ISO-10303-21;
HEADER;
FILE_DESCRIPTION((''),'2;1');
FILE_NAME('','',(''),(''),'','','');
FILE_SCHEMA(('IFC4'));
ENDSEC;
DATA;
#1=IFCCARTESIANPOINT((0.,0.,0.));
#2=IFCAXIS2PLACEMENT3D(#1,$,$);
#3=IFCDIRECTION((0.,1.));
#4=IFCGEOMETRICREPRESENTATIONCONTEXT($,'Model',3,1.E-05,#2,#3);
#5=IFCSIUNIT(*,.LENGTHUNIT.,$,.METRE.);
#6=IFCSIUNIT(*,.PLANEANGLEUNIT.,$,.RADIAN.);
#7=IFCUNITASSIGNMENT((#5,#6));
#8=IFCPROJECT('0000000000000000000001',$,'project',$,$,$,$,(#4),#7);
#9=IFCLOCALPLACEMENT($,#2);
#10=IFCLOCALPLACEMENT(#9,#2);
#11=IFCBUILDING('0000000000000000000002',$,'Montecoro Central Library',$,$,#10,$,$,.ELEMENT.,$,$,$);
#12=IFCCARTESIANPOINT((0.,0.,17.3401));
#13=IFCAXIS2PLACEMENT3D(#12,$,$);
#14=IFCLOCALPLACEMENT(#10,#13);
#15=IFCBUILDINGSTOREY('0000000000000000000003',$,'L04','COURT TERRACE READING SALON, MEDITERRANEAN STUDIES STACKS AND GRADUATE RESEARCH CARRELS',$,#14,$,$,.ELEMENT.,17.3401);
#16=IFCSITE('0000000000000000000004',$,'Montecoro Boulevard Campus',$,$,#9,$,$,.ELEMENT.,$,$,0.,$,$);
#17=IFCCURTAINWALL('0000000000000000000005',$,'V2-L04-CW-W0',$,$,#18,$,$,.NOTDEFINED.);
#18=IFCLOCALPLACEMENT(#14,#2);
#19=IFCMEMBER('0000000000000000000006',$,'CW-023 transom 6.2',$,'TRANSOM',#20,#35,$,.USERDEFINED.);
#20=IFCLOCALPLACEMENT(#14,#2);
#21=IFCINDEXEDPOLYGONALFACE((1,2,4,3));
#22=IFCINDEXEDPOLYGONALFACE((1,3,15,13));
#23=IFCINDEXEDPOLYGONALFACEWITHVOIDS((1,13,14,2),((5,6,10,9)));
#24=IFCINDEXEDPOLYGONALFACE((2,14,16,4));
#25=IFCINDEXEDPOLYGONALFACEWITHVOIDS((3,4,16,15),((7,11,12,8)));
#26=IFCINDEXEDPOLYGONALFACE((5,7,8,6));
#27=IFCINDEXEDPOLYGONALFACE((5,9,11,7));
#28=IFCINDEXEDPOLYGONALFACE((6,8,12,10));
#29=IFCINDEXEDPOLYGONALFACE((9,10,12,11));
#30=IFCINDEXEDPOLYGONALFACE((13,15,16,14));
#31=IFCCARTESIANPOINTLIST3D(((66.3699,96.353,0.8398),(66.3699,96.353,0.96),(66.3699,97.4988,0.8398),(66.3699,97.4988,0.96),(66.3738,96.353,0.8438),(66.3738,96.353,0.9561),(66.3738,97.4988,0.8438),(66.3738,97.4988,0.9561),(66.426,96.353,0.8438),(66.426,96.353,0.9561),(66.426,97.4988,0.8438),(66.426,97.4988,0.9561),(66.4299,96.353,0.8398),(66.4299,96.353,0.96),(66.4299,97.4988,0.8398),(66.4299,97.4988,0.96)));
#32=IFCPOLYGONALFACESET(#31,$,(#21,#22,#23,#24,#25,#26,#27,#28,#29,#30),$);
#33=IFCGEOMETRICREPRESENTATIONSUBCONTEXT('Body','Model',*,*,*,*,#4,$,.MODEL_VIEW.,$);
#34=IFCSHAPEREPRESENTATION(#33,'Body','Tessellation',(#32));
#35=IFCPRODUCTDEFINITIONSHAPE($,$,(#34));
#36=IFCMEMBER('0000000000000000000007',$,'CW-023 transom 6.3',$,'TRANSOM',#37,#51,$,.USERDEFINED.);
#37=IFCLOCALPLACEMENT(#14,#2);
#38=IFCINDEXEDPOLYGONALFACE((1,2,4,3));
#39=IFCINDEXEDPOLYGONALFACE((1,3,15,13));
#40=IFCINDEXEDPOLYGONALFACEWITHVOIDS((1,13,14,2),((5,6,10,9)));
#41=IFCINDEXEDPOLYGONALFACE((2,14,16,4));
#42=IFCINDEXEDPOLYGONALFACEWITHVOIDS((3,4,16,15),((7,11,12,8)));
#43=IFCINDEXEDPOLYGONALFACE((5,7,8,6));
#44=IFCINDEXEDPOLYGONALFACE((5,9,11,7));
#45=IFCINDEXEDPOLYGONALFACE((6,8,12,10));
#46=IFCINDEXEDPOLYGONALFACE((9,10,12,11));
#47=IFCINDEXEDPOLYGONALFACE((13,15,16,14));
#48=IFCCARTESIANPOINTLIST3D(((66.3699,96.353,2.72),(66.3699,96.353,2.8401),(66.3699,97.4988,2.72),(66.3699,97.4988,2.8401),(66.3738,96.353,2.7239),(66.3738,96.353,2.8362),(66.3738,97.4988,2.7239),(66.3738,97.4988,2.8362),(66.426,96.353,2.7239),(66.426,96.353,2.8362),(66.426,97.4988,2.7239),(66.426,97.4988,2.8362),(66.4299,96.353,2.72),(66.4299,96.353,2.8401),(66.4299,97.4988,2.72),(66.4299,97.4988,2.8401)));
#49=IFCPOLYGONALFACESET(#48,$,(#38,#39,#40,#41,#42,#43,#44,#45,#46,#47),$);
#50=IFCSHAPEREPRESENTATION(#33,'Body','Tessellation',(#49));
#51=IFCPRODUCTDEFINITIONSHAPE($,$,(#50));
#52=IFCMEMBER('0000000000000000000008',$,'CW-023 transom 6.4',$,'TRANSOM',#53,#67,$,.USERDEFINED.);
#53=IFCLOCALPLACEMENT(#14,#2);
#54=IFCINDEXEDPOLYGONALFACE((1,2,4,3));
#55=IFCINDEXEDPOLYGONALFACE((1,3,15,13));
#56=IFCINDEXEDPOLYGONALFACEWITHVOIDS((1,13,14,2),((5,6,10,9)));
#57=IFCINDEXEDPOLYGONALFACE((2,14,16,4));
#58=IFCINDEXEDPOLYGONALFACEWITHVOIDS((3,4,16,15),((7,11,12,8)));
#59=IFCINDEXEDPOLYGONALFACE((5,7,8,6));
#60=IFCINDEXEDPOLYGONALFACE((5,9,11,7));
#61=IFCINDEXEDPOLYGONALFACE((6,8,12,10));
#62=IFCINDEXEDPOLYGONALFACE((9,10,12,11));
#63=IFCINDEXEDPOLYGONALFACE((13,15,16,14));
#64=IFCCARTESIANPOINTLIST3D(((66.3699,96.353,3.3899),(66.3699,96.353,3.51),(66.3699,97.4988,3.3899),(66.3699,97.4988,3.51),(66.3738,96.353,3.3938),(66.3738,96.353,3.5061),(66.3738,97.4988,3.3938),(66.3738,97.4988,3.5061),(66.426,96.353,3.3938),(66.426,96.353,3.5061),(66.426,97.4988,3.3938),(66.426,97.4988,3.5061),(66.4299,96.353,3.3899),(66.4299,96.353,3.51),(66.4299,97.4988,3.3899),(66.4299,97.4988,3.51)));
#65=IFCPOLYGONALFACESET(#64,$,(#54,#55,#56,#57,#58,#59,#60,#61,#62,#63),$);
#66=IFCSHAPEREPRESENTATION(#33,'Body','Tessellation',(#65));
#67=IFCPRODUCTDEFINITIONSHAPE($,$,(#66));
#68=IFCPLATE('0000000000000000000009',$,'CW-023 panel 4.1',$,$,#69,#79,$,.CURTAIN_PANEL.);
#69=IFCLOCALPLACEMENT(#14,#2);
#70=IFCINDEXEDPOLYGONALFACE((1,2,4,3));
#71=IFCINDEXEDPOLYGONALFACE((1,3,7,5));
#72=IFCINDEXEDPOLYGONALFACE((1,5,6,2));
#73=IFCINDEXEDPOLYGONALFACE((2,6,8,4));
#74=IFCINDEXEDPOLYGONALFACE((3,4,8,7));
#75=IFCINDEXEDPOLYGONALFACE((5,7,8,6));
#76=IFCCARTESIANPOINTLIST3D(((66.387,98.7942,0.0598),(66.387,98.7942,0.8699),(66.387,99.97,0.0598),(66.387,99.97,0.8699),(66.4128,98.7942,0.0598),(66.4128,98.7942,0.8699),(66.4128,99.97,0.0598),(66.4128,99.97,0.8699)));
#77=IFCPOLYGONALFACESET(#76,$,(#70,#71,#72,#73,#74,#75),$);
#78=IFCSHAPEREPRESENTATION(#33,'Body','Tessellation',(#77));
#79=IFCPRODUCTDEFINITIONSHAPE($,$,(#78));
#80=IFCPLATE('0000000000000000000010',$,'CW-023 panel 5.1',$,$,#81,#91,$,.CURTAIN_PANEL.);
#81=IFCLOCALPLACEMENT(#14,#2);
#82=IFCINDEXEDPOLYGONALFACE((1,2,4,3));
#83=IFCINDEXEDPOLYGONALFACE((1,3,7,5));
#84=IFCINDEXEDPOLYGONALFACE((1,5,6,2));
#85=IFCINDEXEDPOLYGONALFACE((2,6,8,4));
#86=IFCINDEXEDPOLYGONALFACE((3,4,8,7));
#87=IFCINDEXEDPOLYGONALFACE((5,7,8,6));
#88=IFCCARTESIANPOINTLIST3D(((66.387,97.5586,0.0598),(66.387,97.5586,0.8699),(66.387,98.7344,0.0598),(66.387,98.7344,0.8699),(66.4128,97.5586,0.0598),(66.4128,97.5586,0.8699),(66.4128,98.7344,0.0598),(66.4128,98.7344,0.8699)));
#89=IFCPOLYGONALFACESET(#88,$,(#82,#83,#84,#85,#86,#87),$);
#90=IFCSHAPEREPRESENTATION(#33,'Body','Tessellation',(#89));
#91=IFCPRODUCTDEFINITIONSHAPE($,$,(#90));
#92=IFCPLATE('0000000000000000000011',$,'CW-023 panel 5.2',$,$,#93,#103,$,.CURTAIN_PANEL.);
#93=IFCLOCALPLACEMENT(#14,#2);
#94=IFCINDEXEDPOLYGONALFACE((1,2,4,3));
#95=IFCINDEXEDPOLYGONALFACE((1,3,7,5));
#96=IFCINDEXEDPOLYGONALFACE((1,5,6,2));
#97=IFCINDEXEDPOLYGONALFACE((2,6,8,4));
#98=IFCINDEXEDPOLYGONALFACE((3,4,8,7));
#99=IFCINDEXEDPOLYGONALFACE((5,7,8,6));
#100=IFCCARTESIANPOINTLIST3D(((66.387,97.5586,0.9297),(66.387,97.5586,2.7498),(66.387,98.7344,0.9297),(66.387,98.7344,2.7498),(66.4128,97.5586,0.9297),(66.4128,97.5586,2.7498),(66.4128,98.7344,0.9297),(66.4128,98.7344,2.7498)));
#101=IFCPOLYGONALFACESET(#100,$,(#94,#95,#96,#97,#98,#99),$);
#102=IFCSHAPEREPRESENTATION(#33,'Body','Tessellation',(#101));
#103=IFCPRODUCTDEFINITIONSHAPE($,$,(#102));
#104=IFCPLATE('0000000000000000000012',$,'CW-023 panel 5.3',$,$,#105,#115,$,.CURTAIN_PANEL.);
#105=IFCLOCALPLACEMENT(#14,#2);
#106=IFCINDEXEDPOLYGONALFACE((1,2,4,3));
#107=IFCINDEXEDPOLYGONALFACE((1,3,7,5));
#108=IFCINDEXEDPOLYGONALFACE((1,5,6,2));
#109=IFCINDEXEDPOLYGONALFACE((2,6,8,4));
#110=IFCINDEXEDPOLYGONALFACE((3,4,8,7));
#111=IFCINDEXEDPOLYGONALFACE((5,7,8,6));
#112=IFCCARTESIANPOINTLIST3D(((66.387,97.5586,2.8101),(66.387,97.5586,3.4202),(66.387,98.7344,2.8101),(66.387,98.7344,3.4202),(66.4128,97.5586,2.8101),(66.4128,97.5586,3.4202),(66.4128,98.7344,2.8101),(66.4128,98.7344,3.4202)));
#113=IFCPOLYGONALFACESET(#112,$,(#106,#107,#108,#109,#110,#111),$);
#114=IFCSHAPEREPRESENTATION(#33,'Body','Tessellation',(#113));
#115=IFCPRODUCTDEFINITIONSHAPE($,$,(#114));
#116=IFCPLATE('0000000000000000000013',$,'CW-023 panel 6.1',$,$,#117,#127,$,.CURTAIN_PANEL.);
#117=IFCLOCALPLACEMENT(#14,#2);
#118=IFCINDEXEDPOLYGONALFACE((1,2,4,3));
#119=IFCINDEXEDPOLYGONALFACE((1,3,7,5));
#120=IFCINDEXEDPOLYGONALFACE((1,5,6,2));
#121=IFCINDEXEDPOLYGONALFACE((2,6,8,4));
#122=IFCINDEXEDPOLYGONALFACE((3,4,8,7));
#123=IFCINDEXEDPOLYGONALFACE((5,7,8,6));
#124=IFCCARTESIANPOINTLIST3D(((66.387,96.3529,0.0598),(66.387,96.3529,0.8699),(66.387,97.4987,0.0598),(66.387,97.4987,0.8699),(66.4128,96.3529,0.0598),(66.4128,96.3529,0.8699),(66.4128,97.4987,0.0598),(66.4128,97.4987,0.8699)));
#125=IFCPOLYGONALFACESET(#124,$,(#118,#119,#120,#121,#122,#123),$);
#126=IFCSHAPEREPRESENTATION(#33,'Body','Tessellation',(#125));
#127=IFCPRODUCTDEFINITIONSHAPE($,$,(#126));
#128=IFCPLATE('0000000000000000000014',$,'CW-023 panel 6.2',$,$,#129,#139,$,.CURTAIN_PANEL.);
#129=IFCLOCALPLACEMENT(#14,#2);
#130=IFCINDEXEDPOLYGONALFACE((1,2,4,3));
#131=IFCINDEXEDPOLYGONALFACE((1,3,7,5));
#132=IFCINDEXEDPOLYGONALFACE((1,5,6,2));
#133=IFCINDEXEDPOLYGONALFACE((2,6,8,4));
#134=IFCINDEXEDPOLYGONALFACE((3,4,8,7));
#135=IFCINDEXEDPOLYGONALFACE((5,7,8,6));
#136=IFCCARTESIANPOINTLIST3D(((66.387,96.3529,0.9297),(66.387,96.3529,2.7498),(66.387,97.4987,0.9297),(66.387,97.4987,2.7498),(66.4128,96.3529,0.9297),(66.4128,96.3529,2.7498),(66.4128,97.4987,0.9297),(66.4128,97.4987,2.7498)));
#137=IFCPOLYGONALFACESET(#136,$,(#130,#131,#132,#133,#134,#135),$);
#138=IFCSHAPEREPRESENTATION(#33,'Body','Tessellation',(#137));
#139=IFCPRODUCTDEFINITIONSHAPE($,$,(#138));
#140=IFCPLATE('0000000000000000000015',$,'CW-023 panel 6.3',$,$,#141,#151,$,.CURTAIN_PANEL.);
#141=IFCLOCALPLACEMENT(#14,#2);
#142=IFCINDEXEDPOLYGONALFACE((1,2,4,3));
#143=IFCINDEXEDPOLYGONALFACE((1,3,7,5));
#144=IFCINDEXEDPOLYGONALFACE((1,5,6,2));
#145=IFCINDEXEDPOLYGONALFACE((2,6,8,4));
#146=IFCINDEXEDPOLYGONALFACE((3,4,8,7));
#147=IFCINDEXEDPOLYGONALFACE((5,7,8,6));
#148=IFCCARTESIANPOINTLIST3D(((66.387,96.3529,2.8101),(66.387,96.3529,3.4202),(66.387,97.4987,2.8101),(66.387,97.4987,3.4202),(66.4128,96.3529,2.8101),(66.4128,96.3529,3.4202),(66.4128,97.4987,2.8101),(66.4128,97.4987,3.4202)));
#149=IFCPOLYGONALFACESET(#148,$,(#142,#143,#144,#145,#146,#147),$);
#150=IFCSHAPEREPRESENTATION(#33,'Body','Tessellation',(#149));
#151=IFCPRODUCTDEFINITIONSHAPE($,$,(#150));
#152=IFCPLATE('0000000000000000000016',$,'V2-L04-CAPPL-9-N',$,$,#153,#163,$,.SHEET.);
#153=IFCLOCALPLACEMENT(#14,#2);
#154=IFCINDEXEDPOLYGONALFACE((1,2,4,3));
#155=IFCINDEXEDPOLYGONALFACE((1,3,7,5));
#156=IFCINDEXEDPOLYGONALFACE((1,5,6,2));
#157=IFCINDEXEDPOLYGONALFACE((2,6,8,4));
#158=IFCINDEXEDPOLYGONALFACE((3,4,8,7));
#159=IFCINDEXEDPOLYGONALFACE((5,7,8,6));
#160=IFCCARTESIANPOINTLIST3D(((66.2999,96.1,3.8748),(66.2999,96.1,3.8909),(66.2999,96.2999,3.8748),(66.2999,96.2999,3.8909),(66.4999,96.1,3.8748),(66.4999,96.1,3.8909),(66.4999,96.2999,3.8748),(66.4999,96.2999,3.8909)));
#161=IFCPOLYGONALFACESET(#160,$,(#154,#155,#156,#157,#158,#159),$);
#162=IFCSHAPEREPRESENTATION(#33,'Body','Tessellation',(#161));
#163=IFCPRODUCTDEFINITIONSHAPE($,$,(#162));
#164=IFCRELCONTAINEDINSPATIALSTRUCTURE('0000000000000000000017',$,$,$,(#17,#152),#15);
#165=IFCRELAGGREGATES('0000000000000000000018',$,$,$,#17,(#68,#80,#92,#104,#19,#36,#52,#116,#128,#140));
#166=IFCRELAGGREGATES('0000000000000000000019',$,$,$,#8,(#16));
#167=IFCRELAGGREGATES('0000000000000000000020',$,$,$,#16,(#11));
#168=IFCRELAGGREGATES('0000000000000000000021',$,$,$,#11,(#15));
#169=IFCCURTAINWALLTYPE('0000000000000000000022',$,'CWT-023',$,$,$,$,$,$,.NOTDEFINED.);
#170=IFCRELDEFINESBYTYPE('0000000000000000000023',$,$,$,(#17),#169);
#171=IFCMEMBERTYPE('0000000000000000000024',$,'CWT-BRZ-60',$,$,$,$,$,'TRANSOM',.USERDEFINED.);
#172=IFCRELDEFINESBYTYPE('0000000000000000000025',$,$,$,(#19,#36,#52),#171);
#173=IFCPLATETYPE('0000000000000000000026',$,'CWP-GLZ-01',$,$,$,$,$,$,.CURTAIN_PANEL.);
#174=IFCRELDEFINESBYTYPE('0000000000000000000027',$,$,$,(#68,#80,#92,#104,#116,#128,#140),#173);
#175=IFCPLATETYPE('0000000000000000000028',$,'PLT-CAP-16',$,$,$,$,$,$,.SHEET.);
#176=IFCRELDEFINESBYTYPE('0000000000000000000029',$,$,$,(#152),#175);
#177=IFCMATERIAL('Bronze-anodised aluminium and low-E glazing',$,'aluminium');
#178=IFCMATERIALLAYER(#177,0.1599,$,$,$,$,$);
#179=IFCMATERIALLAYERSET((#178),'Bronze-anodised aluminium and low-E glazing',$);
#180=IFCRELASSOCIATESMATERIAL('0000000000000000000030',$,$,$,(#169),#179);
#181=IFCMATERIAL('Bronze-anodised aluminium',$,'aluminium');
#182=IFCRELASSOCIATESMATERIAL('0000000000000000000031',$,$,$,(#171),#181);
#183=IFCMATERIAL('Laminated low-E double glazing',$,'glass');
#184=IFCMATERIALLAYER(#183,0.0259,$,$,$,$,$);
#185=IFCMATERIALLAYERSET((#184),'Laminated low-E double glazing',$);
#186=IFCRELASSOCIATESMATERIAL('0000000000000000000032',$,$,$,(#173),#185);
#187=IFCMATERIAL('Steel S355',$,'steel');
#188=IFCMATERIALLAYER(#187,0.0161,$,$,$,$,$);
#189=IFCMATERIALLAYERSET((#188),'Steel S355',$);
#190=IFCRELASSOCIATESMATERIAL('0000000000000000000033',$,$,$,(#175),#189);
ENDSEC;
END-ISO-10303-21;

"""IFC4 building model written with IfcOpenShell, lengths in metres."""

from ifc_helpers import new_model, si_unit, direction, frame, origin, origin_2d, place, context, subcontext, project, spatial, rectangle, hollow_rectangle, extrude, material, layer, layer_set, material_profile, profile_set, type_object, element, aggregate, save


model = new_model("IFC4")

# Units and contexts
model_context = context("Model", 3, precision=1e-05, world=origin(), true_north=direction((0.0, 1.0)))
body_context = subcontext(model_context, "Body", "Model", "MODEL_VIEW")
ifc_project = project(units=[si_unit("LENGTHUNIT", "METRE"), si_unit("PLANEANGLEUNIT", "RADIAN")], contexts=[model_context])

# Site, building, storey
site_placement = place(None, origin())
site = spatial("IfcSite", under=ifc_project, at=site_placement, Name="Montecoro Boulevard Campus", CompositionType="ELEMENT", RefElevation=0.0)
building_placement = place(site_placement, origin())
building = spatial("IfcBuilding", under=site, at=building_placement, Name="Montecoro Central Library", CompositionType="ELEMENT")
storey_placement = place(building_placement, frame((0.0, 0.0, 17.3401)))
storey = spatial("IfcBuildingStorey", under=building, at=storey_placement, Name="L04", Description="COURT TERRACE READING SALON, MEDITERRANEAN STUDIES STACKS AND GRADUATE RESEARCH CARRELS", CompositionType="ELEMENT", Elevation=17.3401)

# Shared definitions
ifc_material_1 = material(Name="Steel S355", Category="steel")

# Curtain wall, members, plates
ifc_material_2 = material(Name="Bronze-anodised aluminium and low-E glazing", Category="aluminium")
ifc_layer_1 = layer(ifc_material_2, 0.1599)
ifc_layer_set_1 = layer_set([ifc_layer_1], Name="Bronze-anodised aluminium and low-E glazing")
curtain_wall_type = type_object("IfcCurtainWallType", Name="CWT-023", PredefinedType="NOTDEFINED", material=ifc_layer_set_1)
curtain_wall_placement = place(storey_placement, origin())
curtain_wall = element("IfcCurtainWall", 1, at=curtain_wall_placement, inside=storey, type_object=curtain_wall_type, Name="V2-L04-CW-W0", PredefinedType="NOTDEFINED")
ifc_material_3 = material(Name="Bronze-anodised aluminium", Category="aluminium")
ifc_material_profile_1 = material_profile(ifc_material_3, hollow_rectangle(XDim=0.0601, YDim=0.1201, WallThickness=0.0039, at=origin_2d()), Name="CWT 120x60x4.0")
ifc_profile_set_1 = profile_set([ifc_material_profile_1], Name="Bronze-anodised aluminium")
member_type_1 = type_object("IfcMemberType", Name="CWT-BRZ-60", ElementType="TRANSOM", PredefinedType="USERDEFINED", material=ifc_profile_set_1)
member_1_placement = place(storey_placement, frame((66.3999, 97.4988, 0.8999), z_axis=(0.0, -1.0, 0.0), x_axis=(1.0, 0.0, 0.0)))
member_1 = element("IfcMember", 2, at=member_1_placement, type_object=member_type_1, Name="CW-023 transom 6.2", ObjectType="TRANSOM", PredefinedType="USERDEFINED", context=body_context, shape_type="SweptSolid", body=[
    extrude(hollow_rectangle(XDim=0.0601, YDim=0.1201, WallThickness=0.0039, at=origin_2d()), origin(), (0.0, 0.0, 1.0), 1.1458),
])
member_2_placement = place(storey_placement, frame((66.3999, 97.4988, 2.78), z_axis=(0.0, -1.0, 0.0), x_axis=(1.0, 0.0, 0.0)))
member_2 = element("IfcMember", 3, at=member_2_placement, type_object=member_type_1, Name="CW-023 transom 6.3", ObjectType="TRANSOM", PredefinedType="USERDEFINED", context=body_context, shape_type="SweptSolid", body=[
    extrude(hollow_rectangle(XDim=0.0601, YDim=0.1201, WallThickness=0.0039, at=origin_2d()), origin(), (0.0, 0.0, 1.0), 1.1458),
])
member_3_placement = place(storey_placement, frame((66.3999, 97.4988, 3.45), z_axis=(0.0, -1.0, 0.0), x_axis=(1.0, 0.0, 0.0)))
member_3 = element("IfcMember", 4, at=member_3_placement, type_object=member_type_1, Name="CW-023 transom 6.4", ObjectType="TRANSOM", PredefinedType="USERDEFINED", context=body_context, shape_type="SweptSolid", body=[
    extrude(hollow_rectangle(XDim=0.0601, YDim=0.1201, WallThickness=0.0039, at=origin_2d()), origin(), (0.0, 0.0, 1.0), 1.1458),
])
ifc_material_4 = material(Name="Laminated low-E double glazing", Category="glass")
ifc_layer_2 = layer(ifc_material_4, 0.0259)
ifc_layer_set_2 = layer_set([ifc_layer_2], Name="Laminated low-E double glazing")
plate_type_1 = type_object("IfcPlateType", Name="CWP-GLZ-01", PredefinedType="CURTAIN_PANEL", material=ifc_layer_set_2)
plate_1_placement = place(storey_placement, frame((66.3999, 99.3821, 0.0598), z_axis=(0.0, 0.0, 1.0), x_axis=(0.0, -1.0, 0.0)))
plate_1 = element("IfcPlate", 5, at=plate_1_placement, type_object=plate_type_1, Name="CW-023 panel 4.1", PredefinedType="CURTAIN_PANEL", context=body_context, shape_type="SweptSolid", body=[
    extrude(rectangle(XDim=1.1758, YDim=0.0259, at=origin_2d()), origin(), (0.0, 0.0, 1.0), 0.8101),
])
plate_2_placement = place(storey_placement, frame((66.3999, 98.1465, 0.0598), z_axis=(0.0, 0.0, 1.0), x_axis=(0.0, -1.0, 0.0)))
plate_2 = element("IfcPlate", 6, at=plate_2_placement, type_object=plate_type_1, Name="CW-023 panel 5.1", PredefinedType="CURTAIN_PANEL", context=body_context, shape_type="SweptSolid", body=[
    extrude(rectangle(XDim=1.1758, YDim=0.0259, at=origin_2d()), origin(), (0.0, 0.0, 1.0), 0.8101),
])
plate_3_placement = place(storey_placement, frame((66.3999, 98.1465, 0.9297), z_axis=(0.0, 0.0, 1.0), x_axis=(0.0, -1.0, 0.0)))
plate_3 = element("IfcPlate", 7, at=plate_3_placement, type_object=plate_type_1, Name="CW-023 panel 5.2", PredefinedType="CURTAIN_PANEL", context=body_context, shape_type="SweptSolid", body=[
    extrude(rectangle(XDim=1.1758, YDim=0.0259, at=origin_2d()), origin(), (0.0, 0.0, 1.0), 1.8201),
])
plate_4_placement = place(storey_placement, frame((66.3999, 98.1465, 2.8101), z_axis=(0.0, 0.0, 1.0), x_axis=(0.0, -1.0, 0.0)))
plate_4 = element("IfcPlate", 8, at=plate_4_placement, type_object=plate_type_1, Name="CW-023 panel 5.3", PredefinedType="CURTAIN_PANEL", context=body_context, shape_type="SweptSolid", body=[
    extrude(rectangle(XDim=1.1758, YDim=0.0259, at=origin_2d()), origin(), (0.0, 0.0, 1.0), 0.6101),
])
plate_5_placement = place(storey_placement, frame((66.3999, 96.9258, 0.0598), z_axis=(0.0, 0.0, 1.0), x_axis=(0.0, -1.0, 0.0)))
plate_5 = element("IfcPlate", 9, at=plate_5_placement, type_object=plate_type_1, Name="CW-023 panel 6.1", PredefinedType="CURTAIN_PANEL", context=body_context, shape_type="SweptSolid", body=[
    extrude(rectangle(XDim=1.1458, YDim=0.0259, at=origin_2d()), origin(), (0.0, 0.0, 1.0), 0.8101),
])
plate_6_placement = place(storey_placement, frame((66.3999, 96.9258, 0.9297), z_axis=(0.0, 0.0, 1.0), x_axis=(0.0, -1.0, 0.0)))
plate_6 = element("IfcPlate", 10, at=plate_6_placement, type_object=plate_type_1, Name="CW-023 panel 6.2", PredefinedType="CURTAIN_PANEL", context=body_context, shape_type="SweptSolid", body=[
    extrude(rectangle(XDim=1.1458, YDim=0.0259, at=origin_2d()), origin(), (0.0, 0.0, 1.0), 1.8201),
])
plate_7_placement = place(storey_placement, frame((66.3999, 96.9258, 2.8101), z_axis=(0.0, 0.0, 1.0), x_axis=(0.0, -1.0, 0.0)))
plate_7 = element("IfcPlate", 11, at=plate_7_placement, type_object=plate_type_1, Name="CW-023 panel 6.3", PredefinedType="CURTAIN_PANEL", context=body_context, shape_type="SweptSolid", body=[
    extrude(rectangle(XDim=1.1458, YDim=0.0259, at=origin_2d()), origin(), (0.0, 0.0, 1.0), 0.6101),
])
aggregate(curtain_wall, [plate_1, plate_2, plate_3, plate_4, member_1, member_2, member_3, plate_5, plate_6, plate_7])

# Plate
ifc_layer_3 = layer(ifc_material_1, 0.0161)
ifc_layer_set_3 = layer_set([ifc_layer_3], Name="Steel S355")
plate_type_2 = type_object("IfcPlateType", Name="PLT-CAP-16", PredefinedType="SHEET", material=ifc_layer_set_3)
plate_8_placement = place(storey_placement, frame((66.3999, 96.2, 3.8748), z_axis=(0.0, 0.0, 1.0), x_axis=(1.0, 0.0, 0.0)))
element("IfcPlate", 12, at=plate_8_placement, inside=storey, type_object=plate_type_2, Name="V2-L04-CAPPL-9-N", PredefinedType="SHEET", context=body_context, shape_type="SweptSolid", body=[
    extrude(rectangle(XDim=0.2, YDim=0.2, at=origin_2d()), origin(), (0.0, 0.0, 1.0), 0.0161),
])

save(model, "model.ifc")
